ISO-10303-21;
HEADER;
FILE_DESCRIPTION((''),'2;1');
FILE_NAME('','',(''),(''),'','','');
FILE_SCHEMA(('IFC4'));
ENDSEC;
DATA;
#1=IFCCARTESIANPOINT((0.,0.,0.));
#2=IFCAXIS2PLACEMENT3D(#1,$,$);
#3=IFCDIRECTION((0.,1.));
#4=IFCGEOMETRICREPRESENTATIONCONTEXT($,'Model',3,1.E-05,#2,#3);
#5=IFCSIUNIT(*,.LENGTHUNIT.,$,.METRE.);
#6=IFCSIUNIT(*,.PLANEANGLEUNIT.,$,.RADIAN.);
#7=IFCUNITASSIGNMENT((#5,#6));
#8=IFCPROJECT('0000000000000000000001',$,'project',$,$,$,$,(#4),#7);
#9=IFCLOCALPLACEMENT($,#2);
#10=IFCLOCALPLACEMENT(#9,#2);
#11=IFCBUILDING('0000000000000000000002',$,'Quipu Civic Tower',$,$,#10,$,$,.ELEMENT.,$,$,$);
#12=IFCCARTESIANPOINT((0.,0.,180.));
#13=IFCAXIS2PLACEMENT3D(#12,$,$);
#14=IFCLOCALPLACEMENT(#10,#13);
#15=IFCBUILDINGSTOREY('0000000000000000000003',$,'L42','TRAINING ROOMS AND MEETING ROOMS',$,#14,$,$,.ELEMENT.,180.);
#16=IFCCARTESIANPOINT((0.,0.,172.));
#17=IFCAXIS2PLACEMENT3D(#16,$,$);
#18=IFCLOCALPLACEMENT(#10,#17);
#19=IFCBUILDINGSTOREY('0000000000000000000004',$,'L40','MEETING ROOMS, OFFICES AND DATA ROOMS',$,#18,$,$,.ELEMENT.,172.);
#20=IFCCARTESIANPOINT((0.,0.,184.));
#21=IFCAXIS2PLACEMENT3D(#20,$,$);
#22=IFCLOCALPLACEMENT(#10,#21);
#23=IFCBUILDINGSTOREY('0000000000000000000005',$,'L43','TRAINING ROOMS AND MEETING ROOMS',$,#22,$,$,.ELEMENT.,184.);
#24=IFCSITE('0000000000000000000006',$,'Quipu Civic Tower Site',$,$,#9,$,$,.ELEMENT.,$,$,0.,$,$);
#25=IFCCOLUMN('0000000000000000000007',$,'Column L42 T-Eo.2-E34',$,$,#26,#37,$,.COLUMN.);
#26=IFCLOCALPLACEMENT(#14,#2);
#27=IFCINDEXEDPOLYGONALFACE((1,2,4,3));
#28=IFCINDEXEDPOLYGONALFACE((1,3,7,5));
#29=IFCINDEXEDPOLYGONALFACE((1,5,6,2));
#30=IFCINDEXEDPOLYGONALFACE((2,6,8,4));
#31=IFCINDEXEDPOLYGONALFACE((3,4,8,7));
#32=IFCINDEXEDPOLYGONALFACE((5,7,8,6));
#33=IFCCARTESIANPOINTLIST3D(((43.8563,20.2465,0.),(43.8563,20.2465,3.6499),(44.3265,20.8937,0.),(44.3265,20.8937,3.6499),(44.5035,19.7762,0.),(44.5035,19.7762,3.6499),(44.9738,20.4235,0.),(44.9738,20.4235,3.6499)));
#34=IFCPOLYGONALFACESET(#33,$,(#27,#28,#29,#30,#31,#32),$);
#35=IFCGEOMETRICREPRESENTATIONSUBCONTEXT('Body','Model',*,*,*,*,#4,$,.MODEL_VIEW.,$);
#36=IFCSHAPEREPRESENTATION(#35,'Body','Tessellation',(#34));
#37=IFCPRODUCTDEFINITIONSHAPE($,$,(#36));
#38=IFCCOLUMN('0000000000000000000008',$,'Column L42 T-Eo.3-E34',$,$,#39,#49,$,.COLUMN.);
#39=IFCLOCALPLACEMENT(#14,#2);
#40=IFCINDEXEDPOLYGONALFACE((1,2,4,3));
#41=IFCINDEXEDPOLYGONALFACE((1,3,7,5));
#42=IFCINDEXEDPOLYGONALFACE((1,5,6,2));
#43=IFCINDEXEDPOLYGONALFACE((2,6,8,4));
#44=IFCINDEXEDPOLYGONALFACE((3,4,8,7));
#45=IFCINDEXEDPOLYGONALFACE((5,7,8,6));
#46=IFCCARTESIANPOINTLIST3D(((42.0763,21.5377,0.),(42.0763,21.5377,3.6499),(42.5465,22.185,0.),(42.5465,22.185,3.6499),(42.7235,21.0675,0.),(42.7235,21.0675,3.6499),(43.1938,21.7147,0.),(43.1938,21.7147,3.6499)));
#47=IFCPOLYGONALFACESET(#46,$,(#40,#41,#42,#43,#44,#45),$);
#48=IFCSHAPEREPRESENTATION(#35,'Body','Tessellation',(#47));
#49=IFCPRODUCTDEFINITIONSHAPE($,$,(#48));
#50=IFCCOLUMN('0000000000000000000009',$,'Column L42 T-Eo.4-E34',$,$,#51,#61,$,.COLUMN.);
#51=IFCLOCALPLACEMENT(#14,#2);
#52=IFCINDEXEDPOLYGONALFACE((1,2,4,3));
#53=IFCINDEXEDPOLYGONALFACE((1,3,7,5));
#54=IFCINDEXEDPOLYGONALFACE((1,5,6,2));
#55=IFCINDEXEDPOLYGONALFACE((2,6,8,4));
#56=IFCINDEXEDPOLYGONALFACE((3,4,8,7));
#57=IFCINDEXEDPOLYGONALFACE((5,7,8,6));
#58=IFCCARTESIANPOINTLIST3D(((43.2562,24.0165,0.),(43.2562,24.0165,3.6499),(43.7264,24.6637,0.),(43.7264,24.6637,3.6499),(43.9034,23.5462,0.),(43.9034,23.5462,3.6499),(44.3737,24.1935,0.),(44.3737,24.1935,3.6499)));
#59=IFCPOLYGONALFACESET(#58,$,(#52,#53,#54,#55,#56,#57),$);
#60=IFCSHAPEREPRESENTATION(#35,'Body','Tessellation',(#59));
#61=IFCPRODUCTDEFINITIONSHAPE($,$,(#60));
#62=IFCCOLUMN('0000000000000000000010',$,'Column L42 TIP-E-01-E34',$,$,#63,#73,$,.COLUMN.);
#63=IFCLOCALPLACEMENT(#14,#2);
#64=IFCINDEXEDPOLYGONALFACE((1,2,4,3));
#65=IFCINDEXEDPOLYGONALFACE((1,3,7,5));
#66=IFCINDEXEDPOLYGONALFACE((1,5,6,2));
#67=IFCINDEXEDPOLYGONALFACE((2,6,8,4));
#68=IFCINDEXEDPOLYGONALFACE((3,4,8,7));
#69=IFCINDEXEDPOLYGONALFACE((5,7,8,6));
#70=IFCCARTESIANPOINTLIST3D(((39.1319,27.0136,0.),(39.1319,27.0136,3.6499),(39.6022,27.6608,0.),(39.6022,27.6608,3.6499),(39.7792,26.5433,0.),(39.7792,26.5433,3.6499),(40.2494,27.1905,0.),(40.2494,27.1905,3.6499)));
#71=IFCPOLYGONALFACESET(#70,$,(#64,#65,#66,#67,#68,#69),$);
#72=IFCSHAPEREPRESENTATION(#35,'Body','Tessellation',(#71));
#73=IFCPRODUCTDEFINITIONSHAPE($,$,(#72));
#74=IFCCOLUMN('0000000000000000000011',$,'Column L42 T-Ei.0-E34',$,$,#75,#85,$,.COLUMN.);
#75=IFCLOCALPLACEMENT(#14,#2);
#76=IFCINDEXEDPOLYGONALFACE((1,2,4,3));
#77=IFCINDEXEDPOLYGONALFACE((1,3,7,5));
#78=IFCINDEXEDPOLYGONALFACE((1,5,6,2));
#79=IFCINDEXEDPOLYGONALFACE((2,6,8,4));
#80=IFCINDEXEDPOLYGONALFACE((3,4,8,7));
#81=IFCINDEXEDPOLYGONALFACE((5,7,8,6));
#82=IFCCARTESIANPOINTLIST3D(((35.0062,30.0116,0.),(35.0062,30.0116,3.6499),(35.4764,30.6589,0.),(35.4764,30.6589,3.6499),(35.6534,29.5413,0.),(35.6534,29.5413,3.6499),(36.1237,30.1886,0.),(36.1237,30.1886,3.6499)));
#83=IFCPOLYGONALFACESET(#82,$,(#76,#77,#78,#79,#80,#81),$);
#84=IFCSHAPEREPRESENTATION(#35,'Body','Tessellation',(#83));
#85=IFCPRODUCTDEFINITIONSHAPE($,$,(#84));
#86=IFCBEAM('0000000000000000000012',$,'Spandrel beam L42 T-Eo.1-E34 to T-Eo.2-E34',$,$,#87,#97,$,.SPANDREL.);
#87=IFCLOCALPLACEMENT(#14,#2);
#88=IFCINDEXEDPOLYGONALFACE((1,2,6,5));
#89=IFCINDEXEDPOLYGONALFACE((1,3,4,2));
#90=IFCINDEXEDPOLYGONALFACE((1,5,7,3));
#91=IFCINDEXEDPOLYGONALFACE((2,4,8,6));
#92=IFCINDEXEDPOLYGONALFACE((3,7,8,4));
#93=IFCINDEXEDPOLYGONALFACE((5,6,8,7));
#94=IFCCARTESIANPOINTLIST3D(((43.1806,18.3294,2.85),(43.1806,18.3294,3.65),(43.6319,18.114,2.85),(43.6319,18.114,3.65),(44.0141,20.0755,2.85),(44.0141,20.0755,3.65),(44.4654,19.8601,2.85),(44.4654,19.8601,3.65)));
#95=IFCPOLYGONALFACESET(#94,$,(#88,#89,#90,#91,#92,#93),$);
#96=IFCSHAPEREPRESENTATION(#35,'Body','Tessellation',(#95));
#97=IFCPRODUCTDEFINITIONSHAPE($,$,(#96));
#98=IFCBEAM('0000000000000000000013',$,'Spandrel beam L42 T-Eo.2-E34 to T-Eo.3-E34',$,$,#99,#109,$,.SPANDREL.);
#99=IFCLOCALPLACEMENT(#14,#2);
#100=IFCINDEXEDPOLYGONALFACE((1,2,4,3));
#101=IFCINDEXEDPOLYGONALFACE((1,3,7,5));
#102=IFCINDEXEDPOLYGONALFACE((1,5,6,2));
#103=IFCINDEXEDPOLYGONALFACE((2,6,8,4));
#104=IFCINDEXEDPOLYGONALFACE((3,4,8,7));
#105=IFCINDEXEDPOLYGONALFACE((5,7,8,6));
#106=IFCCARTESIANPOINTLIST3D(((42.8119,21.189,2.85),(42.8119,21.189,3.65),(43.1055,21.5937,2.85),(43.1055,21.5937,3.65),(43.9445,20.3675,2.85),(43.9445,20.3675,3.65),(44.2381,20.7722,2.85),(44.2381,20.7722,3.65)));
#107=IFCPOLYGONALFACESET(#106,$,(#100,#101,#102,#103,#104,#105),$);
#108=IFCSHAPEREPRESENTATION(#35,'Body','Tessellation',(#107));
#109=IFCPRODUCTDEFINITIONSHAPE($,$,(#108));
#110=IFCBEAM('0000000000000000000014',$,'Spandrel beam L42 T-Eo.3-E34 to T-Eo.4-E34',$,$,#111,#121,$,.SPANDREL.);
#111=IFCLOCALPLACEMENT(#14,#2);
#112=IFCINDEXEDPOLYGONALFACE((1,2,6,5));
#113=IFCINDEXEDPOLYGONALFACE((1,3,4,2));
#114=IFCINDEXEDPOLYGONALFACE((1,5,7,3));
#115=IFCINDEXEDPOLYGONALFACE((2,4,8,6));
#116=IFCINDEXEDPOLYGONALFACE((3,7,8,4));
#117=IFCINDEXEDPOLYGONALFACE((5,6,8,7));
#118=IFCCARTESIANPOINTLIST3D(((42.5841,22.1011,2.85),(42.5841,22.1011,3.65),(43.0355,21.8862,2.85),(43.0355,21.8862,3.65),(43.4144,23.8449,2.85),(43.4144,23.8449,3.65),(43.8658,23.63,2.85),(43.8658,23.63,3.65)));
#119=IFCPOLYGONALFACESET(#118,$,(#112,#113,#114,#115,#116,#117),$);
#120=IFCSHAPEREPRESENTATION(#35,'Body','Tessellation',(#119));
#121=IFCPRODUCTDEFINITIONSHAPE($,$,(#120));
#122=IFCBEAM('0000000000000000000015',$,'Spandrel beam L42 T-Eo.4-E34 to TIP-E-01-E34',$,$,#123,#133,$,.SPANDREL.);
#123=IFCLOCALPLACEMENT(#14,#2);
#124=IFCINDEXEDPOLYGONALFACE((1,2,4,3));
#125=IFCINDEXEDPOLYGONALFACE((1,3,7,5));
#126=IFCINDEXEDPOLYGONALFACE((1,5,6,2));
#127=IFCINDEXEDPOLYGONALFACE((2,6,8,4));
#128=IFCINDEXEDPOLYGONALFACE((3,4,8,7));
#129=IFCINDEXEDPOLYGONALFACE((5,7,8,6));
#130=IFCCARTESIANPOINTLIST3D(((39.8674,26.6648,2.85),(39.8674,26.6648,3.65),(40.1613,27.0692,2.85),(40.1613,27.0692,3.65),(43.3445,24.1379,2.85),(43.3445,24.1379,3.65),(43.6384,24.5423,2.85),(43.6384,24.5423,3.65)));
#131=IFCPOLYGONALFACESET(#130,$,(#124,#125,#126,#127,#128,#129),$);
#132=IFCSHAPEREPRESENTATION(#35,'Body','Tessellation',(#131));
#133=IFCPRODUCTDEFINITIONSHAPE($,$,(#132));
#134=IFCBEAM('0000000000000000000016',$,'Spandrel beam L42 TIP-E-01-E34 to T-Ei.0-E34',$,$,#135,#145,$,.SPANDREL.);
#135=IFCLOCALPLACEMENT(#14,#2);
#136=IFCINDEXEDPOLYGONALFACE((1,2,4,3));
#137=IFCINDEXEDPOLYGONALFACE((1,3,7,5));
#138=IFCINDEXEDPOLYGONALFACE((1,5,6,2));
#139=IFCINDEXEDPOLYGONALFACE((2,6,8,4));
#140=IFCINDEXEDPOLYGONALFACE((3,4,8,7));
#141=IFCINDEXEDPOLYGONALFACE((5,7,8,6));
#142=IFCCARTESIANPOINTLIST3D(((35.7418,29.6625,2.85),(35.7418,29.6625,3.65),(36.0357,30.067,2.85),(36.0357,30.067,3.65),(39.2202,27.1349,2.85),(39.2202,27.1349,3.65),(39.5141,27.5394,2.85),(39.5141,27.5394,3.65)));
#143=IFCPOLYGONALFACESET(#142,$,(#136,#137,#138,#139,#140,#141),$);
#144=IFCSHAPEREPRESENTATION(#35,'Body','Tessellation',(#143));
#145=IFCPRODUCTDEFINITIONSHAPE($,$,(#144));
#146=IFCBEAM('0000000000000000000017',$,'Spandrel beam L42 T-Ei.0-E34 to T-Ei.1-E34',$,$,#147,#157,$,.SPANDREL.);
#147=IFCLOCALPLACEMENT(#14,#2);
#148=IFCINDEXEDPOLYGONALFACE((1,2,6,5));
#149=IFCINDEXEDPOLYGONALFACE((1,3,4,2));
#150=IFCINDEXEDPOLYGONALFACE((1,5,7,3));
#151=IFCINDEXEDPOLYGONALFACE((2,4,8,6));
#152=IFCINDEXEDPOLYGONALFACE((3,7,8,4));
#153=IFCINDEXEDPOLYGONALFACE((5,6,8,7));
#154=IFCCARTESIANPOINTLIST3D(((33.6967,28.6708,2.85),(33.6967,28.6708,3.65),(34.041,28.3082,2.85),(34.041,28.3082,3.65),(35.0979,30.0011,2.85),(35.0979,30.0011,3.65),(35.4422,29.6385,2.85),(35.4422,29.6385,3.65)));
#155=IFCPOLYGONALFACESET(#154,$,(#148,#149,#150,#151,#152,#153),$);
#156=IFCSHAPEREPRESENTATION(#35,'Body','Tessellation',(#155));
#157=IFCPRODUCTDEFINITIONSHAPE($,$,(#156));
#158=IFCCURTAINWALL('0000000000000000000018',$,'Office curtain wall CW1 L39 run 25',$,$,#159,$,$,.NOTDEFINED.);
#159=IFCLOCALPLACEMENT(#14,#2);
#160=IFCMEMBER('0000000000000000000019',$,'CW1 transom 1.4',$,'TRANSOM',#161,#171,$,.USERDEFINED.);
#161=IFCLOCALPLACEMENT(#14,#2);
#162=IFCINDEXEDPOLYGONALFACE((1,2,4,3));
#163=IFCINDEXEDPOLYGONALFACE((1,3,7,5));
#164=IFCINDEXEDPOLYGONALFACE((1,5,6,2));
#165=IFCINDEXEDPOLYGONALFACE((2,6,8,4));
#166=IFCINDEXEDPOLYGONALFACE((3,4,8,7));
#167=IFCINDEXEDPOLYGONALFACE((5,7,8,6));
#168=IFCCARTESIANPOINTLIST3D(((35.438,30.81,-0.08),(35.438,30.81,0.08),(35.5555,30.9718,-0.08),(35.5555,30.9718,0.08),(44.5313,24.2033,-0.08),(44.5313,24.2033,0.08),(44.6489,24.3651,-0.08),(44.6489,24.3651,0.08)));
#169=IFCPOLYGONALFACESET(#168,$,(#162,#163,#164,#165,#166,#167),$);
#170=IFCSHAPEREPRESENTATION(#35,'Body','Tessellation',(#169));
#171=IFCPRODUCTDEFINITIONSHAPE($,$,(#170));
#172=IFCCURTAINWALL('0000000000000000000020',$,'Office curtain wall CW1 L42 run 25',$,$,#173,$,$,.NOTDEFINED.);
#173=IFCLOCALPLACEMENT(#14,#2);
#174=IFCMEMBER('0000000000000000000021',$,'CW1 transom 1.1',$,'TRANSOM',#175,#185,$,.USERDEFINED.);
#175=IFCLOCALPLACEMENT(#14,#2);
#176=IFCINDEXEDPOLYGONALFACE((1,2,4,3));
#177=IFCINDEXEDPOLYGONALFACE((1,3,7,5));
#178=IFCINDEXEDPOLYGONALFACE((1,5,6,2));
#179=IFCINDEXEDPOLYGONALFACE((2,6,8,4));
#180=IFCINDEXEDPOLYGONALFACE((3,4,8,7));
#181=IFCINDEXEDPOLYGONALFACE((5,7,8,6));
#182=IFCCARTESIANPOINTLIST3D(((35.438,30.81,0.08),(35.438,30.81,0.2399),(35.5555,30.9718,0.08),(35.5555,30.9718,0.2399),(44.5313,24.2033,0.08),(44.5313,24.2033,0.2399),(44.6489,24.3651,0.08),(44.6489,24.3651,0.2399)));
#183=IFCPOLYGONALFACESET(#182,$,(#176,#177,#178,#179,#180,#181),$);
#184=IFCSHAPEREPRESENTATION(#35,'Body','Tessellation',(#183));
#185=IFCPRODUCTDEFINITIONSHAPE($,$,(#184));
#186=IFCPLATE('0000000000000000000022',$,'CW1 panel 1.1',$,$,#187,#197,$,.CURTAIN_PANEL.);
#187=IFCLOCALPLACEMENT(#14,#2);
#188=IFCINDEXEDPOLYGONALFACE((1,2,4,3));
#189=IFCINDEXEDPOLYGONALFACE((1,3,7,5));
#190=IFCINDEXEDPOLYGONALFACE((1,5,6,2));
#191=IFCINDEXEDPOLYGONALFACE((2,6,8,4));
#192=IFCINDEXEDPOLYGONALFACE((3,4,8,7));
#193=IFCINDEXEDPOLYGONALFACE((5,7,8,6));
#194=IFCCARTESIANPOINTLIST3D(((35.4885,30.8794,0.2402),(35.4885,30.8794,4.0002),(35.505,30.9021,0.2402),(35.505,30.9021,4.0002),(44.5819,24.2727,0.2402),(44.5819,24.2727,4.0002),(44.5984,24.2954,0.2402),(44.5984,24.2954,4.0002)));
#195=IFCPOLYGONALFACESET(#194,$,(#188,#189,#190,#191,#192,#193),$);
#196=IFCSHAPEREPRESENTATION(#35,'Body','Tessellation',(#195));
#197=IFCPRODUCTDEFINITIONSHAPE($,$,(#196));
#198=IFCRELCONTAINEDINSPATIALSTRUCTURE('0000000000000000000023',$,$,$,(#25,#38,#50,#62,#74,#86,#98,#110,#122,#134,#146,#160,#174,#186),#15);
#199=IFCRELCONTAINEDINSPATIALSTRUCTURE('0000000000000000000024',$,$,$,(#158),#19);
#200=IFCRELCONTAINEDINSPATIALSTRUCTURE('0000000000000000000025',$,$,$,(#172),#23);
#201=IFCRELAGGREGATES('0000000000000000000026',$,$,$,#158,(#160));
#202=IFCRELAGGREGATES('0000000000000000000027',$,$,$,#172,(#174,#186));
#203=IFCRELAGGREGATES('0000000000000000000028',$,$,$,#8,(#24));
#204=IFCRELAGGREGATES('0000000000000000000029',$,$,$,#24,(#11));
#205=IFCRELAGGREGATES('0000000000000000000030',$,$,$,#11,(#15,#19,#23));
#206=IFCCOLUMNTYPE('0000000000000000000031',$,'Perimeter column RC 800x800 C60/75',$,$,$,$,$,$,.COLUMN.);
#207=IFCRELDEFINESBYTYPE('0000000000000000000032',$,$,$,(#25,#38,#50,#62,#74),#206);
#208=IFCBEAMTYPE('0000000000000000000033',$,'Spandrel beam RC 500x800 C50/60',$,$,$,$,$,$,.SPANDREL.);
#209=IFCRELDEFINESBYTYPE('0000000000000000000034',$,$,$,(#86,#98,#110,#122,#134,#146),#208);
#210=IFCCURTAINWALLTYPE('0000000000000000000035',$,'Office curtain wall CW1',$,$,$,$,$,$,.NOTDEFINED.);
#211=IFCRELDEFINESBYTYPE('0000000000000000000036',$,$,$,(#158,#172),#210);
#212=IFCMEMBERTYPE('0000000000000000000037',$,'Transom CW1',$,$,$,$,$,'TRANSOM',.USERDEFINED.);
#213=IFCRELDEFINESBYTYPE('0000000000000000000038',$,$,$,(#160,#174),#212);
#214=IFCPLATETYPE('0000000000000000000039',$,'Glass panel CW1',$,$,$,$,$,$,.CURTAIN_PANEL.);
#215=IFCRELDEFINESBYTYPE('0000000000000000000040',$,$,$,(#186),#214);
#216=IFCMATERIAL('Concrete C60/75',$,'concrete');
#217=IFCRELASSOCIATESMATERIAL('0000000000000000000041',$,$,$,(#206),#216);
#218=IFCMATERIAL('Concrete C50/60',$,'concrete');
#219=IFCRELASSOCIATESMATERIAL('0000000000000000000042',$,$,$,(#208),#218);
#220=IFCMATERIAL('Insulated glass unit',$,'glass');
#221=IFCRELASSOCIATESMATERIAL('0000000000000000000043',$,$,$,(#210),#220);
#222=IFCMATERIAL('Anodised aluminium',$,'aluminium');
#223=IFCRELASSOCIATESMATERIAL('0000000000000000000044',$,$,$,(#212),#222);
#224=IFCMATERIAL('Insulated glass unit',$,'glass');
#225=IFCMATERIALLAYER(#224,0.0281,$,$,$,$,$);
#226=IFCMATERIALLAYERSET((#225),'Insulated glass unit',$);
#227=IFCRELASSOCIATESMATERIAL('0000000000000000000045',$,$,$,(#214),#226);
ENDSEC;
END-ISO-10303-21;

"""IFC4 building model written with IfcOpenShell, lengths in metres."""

from ifc_helpers import new_model, si_unit, direction, frame, origin, origin_2d, place, context, subcontext, project, spatial, rectangle, extrude, material, layer, layer_set, material_profile, profile_set, type_object, element, aggregate, save


model = new_model("IFC4")

# Units and contexts
model_context = context("Model", 3, precision=1e-05, world=origin(), true_north=direction((0.0, 1.0)))
body_context = subcontext(model_context, "Body", "Model", "MODEL_VIEW")
ifc_project = project(units=[si_unit("LENGTHUNIT", "METRE"), si_unit("PLANEANGLEUNIT", "RADIAN")], contexts=[model_context])

# Site, building, storey
site_placement = place(None, origin())
site = spatial("IfcSite", under=ifc_project, at=site_placement, Name="Quipu Civic Tower Site", CompositionType="ELEMENT", RefElevation=0.0)
building_placement = place(site_placement, origin())
building = spatial("IfcBuilding", under=site, at=building_placement, Name="Quipu Civic Tower", CompositionType="ELEMENT")
storey_1_placement = place(building_placement, frame((0.0, 0.0, 180.0)))
storey_1 = spatial("IfcBuildingStorey", under=building, at=storey_1_placement, Name="L42", Description="TRAINING ROOMS AND MEETING ROOMS", CompositionType="ELEMENT", Elevation=180.0)

# Columns
ifc_material_1 = material(Name="Concrete C60/75", Category="concrete")
ifc_material_profile_1 = material_profile(ifc_material_1, rectangle(XDim=0.8, YDim=0.8, at=origin_2d()), Name="RC800x800")
ifc_profile_set_1 = profile_set([ifc_material_profile_1], Name="Concrete C60/75")
column_type = type_object("IfcColumnType", Name="Perimeter column RC 800x800 C60/75", PredefinedType="COLUMN", material=ifc_profile_set_1)
for number, where, z_axis, x_axis, name in (
    (1, (44.415, 20.335, 0.0), (0.0, 0.0, 1.0), (0.587785, 0.809017, 0.0), "Column L42 T-Eo.2-E34"),
    (2, (42.635, 21.6262, 0.0), (0.0, 0.0, 1.0), (-0.809017, 0.587785, 0.0), "Column L42 T-Eo.3-E34"),
    (3, (43.8149, 24.105, 0.0), (0.0, 0.0, 1.0), (-0.809017, 0.587785, 0.0), "Column L42 T-Eo.4-E34"),
    (4, (39.6907, 27.1021, 0.0), (0.0, 0.0, 1.0), (-0.809017, 0.587785, 0.0), "Column L42 TIP-E-01-E34"),
    (5, (35.5649, 30.1001, 0.0), (0.0, 0.0, 1.0), (-0.587785, -0.809017, 0.0), "Column L42 T-Ei.0-E34"),
):
    element("IfcColumn", number, at=place(storey_1_placement, frame(where, z_axis=z_axis, x_axis=x_axis)), inside=storey_1, type_object=column_type, Name=name, PredefinedType="COLUMN", context=body_context, shape_type="SweptSolid", body=[
        extrude(rectangle(XDim=0.8, YDim=0.8, at=origin_2d()), origin(), (0.0, 0.0, 1.0), 3.6499),
    ])

# Beams
ifc_material_2 = material(Name="Concrete C50/60", Category="concrete")
ifc_material_profile_2 = material_profile(ifc_material_2, rectangle(XDim=0.5, YDim=0.8, at=origin_2d()), Name="RC500x800")
ifc_profile_set_2 = profile_set([ifc_material_profile_2], Name="Concrete C50/60")
beam_type = type_object("IfcBeamType", Name="Spandrel beam RC 500x800 C50/60", PredefinedType="SPANDREL", material=ifc_profile_set_2)
beam_1_placement = place(storey_1_placement, frame((43.4062, 18.2217, 3.25), z_axis=(0.430786, 0.902454, 0.0), x_axis=(-0.902454, 0.430786, 0.0)))
element("IfcBeam", 6, at=beam_1_placement, inside=storey_1, type_object=beam_type, Name="Spandrel beam L42 T-Eo.1-E34 to T-Eo.2-E34", PredefinedType="SPANDREL", context=body_context, shape_type="SweptSolid", body=[
    extrude(rectangle(XDim=0.5, YDim=0.8, at=origin_2d()), origin(), (0.0, 0.0, 1.0), 1.9348),
])
beam_2_placement = place(storey_1_placement, frame((44.0913, 20.5698, 3.25), z_axis=(-0.809467, 0.587165, 0.0), x_axis=(-0.587165, -0.809467, 0.0)))
element("IfcBeam", 7, at=beam_2_placement, inside=storey_1, type_object=beam_type, Name="Spandrel beam L42 T-Eo.2-E34 to T-Eo.3-E34", PredefinedType="SPANDREL", context=body_context, shape_type="SweptSolid", body=[
    extrude(rectangle(XDim=0.5, YDim=0.8, at=origin_2d()), origin(), (0.0, 0.0, 1.0), 1.3992),
])
beam_3_placement = place(storey_1_placement, frame((42.8098, 21.9937, 3.25), z_axis=(0.429889, 0.902882, 0.0), x_axis=(-0.902882, 0.429889, 0.0)))
element("IfcBeam", 8, at=beam_3_placement, inside=storey_1, type_object=beam_type, Name="Spandrel beam L42 T-Eo.3-E34 to T-Eo.4-E34", PredefinedType="SPANDREL", context=body_context, shape_type="SweptSolid", body=[
    extrude(rectangle(XDim=0.5, YDim=0.8, at=origin_2d()), origin(), (0.0, 0.0, 1.0), 1.9314),
])
beam_4_placement = place(storey_1_placement, frame((43.4915, 24.3401, 3.25), z_axis=(-0.808947, 0.587881, 0.0), x_axis=(-0.587881, -0.808947, 0.0)))
element("IfcBeam", 9, at=beam_4_placement, inside=storey_1, type_object=beam_type, Name="Spandrel beam L42 T-Eo.4-E34 to TIP-E-01-E34", PredefinedType="SPANDREL", context=body_context, shape_type="SweptSolid", body=[
    extrude(rectangle(XDim=0.5, YDim=0.8, at=origin_2d()), origin(), (0.0, 0.0, 1.0), 4.2983),
])
beam_5_placement = place(storey_1_placement, frame((39.3672, 27.3372, 3.25), z_axis=(-0.808984, 0.587831, 0.0), x_axis=(-0.587831, -0.808984, 0.0)))
element("IfcBeam", 10, at=beam_5_placement, inside=storey_1, type_object=beam_type, Name="Spandrel beam L42 TIP-E-01-E34 to T-Ei.0-E34", PredefinedType="SPANDREL", context=body_context, shape_type="SweptSolid", body=[
    extrude(rectangle(XDim=0.5, YDim=0.8, at=origin_2d()), origin(), (0.0, 0.0, 1.0), 4.2998),
])
beam_6_placement = place(storey_1_placement, frame((35.27, 29.8198, 3.25), z_axis=(-0.725192, -0.688547, 0.0), x_axis=(0.688547, -0.725192, 0.0)))
element("IfcBeam", 11, at=beam_6_placement, inside=storey_1, type_object=beam_type, Name="Spandrel beam L42 T-Ei.0-E34 to T-Ei.1-E34", PredefinedType="SPANDREL", context=body_context, shape_type="SweptSolid", body=[
    extrude(rectangle(XDim=0.5, YDim=0.8, at=origin_2d()), origin(), (0.0, 0.0, 1.0), 1.9321),
])

# Shared definitions
storey_2_placement = place(building_placement, frame((0.0, 0.0, 172.0)))
storey_2 = spatial("IfcBuildingStorey", under=building, at=storey_2_placement, Name="L40", Description="MEETING ROOMS, OFFICES AND DATA ROOMS", CompositionType="ELEMENT", Elevation=172.0)

# Curtain wall, member
ifc_material_3 = material(Name="Insulated glass unit", Category="glass")
curtain_wall_type = type_object("IfcCurtainWallType", Name="Office curtain wall CW1", PredefinedType="NOTDEFINED", material=ifc_material_3)
curtain_wall_1_placement = place(storey_2_placement, origin())
curtain_wall_1 = element("IfcCurtainWall", 12, at=curtain_wall_1_placement, inside=storey_2, type_object=curtain_wall_type, Name="Office curtain wall CW1 L39 run 25", PredefinedType="NOTDEFINED")
ifc_material_4 = material(Name="Anodised aluminium", Category="aluminium")
ifc_material_profile_3 = material_profile(ifc_material_4, rectangle(XDim=0.2, YDim=0.1599, at=origin_2d()), Name="RECT 200x160")
ifc_profile_set_3 = profile_set([ifc_material_profile_3], Name="Anodised aluminium")
member_type = type_object("IfcMemberType", Name="Transom CW1", ElementType="TRANSOM", PredefinedType="USERDEFINED", material=ifc_profile_set_3)
member_1_placement = place(storey_1_placement, frame((44.5901, 24.2842, 0.0), z_axis=(-0.809015, 0.587788, 0.0), x_axis=(-0.587788, -0.809015, 0.0)))
member_1 = element("IfcMember", 13, at=member_1_placement, inside=storey_1, type_object=member_type, Name="CW1 transom 1.4", ObjectType="TRANSOM", PredefinedType="USERDEFINED", context=body_context, shape_type="SweptSolid", body=[
    extrude(rectangle(XDim=0.2, YDim=0.1599, at=origin_2d()), origin(), (0.0, 0.0, 1.0), 11.24),
])
aggregate(curtain_wall_1, [member_1])

# Shared definitions
storey_3_placement = place(building_placement, frame((0.0, 0.0, 184.0)))
storey_3 = spatial("IfcBuildingStorey", under=building, at=storey_3_placement, Name="L43", Description="TRAINING ROOMS AND MEETING ROOMS", CompositionType="ELEMENT", Elevation=184.0)

# Curtain wall, member, plate
curtain_wall_2_placement = place(storey_3_placement, origin())
curtain_wall_2 = element("IfcCurtainWall", 14, at=curtain_wall_2_placement, inside=storey_3, type_object=curtain_wall_type, Name="Office curtain wall CW1 L42 run 25", PredefinedType="NOTDEFINED")
member_2_placement = place(storey_1_placement, frame((44.5901, 24.2842, 0.1599), z_axis=(-0.809015, 0.587788, 0.0), x_axis=(-0.587788, -0.809015, 0.0)))
member_2 = element("IfcMember", 15, at=member_2_placement, inside=storey_1, type_object=member_type, Name="CW1 transom 1.1", ObjectType="TRANSOM", PredefinedType="USERDEFINED", context=body_context, shape_type="SweptSolid", body=[
    extrude(rectangle(XDim=0.2, YDim=0.1599, at=origin_2d()), origin(), (0.0, 0.0, 1.0), 11.24),
])
ifc_material_5 = material(Name="Insulated glass unit", Category="glass")
ifc_layer = layer(ifc_material_5, 0.0281)
ifc_layer_set = layer_set([ifc_layer], Name="Insulated glass unit")
plate_type_1 = type_object("IfcPlateType", Name="Glass panel CW1", PredefinedType="CURTAIN_PANEL", material=ifc_layer_set)
plate_placement = place(storey_1_placement, frame((40.0435, 27.5874, 0.2402), z_axis=(0.0, 0.0, 1.0), x_axis=(-0.809015, 0.587788, 0.0)))
plate = element("IfcPlate", 16, at=plate_placement, inside=storey_1, type_object=plate_type_1, Name="CW1 panel 1.1", PredefinedType="CURTAIN_PANEL", context=body_context, shape_type="SweptSolid", body=[
    extrude(rectangle(XDim=11.24, YDim=0.0281, at=origin_2d()), origin(), (0.0, 0.0, 1.0), 3.76),
])
aggregate(curtain_wall_2, [member_2, plate])

save(model, "model.ifc")
